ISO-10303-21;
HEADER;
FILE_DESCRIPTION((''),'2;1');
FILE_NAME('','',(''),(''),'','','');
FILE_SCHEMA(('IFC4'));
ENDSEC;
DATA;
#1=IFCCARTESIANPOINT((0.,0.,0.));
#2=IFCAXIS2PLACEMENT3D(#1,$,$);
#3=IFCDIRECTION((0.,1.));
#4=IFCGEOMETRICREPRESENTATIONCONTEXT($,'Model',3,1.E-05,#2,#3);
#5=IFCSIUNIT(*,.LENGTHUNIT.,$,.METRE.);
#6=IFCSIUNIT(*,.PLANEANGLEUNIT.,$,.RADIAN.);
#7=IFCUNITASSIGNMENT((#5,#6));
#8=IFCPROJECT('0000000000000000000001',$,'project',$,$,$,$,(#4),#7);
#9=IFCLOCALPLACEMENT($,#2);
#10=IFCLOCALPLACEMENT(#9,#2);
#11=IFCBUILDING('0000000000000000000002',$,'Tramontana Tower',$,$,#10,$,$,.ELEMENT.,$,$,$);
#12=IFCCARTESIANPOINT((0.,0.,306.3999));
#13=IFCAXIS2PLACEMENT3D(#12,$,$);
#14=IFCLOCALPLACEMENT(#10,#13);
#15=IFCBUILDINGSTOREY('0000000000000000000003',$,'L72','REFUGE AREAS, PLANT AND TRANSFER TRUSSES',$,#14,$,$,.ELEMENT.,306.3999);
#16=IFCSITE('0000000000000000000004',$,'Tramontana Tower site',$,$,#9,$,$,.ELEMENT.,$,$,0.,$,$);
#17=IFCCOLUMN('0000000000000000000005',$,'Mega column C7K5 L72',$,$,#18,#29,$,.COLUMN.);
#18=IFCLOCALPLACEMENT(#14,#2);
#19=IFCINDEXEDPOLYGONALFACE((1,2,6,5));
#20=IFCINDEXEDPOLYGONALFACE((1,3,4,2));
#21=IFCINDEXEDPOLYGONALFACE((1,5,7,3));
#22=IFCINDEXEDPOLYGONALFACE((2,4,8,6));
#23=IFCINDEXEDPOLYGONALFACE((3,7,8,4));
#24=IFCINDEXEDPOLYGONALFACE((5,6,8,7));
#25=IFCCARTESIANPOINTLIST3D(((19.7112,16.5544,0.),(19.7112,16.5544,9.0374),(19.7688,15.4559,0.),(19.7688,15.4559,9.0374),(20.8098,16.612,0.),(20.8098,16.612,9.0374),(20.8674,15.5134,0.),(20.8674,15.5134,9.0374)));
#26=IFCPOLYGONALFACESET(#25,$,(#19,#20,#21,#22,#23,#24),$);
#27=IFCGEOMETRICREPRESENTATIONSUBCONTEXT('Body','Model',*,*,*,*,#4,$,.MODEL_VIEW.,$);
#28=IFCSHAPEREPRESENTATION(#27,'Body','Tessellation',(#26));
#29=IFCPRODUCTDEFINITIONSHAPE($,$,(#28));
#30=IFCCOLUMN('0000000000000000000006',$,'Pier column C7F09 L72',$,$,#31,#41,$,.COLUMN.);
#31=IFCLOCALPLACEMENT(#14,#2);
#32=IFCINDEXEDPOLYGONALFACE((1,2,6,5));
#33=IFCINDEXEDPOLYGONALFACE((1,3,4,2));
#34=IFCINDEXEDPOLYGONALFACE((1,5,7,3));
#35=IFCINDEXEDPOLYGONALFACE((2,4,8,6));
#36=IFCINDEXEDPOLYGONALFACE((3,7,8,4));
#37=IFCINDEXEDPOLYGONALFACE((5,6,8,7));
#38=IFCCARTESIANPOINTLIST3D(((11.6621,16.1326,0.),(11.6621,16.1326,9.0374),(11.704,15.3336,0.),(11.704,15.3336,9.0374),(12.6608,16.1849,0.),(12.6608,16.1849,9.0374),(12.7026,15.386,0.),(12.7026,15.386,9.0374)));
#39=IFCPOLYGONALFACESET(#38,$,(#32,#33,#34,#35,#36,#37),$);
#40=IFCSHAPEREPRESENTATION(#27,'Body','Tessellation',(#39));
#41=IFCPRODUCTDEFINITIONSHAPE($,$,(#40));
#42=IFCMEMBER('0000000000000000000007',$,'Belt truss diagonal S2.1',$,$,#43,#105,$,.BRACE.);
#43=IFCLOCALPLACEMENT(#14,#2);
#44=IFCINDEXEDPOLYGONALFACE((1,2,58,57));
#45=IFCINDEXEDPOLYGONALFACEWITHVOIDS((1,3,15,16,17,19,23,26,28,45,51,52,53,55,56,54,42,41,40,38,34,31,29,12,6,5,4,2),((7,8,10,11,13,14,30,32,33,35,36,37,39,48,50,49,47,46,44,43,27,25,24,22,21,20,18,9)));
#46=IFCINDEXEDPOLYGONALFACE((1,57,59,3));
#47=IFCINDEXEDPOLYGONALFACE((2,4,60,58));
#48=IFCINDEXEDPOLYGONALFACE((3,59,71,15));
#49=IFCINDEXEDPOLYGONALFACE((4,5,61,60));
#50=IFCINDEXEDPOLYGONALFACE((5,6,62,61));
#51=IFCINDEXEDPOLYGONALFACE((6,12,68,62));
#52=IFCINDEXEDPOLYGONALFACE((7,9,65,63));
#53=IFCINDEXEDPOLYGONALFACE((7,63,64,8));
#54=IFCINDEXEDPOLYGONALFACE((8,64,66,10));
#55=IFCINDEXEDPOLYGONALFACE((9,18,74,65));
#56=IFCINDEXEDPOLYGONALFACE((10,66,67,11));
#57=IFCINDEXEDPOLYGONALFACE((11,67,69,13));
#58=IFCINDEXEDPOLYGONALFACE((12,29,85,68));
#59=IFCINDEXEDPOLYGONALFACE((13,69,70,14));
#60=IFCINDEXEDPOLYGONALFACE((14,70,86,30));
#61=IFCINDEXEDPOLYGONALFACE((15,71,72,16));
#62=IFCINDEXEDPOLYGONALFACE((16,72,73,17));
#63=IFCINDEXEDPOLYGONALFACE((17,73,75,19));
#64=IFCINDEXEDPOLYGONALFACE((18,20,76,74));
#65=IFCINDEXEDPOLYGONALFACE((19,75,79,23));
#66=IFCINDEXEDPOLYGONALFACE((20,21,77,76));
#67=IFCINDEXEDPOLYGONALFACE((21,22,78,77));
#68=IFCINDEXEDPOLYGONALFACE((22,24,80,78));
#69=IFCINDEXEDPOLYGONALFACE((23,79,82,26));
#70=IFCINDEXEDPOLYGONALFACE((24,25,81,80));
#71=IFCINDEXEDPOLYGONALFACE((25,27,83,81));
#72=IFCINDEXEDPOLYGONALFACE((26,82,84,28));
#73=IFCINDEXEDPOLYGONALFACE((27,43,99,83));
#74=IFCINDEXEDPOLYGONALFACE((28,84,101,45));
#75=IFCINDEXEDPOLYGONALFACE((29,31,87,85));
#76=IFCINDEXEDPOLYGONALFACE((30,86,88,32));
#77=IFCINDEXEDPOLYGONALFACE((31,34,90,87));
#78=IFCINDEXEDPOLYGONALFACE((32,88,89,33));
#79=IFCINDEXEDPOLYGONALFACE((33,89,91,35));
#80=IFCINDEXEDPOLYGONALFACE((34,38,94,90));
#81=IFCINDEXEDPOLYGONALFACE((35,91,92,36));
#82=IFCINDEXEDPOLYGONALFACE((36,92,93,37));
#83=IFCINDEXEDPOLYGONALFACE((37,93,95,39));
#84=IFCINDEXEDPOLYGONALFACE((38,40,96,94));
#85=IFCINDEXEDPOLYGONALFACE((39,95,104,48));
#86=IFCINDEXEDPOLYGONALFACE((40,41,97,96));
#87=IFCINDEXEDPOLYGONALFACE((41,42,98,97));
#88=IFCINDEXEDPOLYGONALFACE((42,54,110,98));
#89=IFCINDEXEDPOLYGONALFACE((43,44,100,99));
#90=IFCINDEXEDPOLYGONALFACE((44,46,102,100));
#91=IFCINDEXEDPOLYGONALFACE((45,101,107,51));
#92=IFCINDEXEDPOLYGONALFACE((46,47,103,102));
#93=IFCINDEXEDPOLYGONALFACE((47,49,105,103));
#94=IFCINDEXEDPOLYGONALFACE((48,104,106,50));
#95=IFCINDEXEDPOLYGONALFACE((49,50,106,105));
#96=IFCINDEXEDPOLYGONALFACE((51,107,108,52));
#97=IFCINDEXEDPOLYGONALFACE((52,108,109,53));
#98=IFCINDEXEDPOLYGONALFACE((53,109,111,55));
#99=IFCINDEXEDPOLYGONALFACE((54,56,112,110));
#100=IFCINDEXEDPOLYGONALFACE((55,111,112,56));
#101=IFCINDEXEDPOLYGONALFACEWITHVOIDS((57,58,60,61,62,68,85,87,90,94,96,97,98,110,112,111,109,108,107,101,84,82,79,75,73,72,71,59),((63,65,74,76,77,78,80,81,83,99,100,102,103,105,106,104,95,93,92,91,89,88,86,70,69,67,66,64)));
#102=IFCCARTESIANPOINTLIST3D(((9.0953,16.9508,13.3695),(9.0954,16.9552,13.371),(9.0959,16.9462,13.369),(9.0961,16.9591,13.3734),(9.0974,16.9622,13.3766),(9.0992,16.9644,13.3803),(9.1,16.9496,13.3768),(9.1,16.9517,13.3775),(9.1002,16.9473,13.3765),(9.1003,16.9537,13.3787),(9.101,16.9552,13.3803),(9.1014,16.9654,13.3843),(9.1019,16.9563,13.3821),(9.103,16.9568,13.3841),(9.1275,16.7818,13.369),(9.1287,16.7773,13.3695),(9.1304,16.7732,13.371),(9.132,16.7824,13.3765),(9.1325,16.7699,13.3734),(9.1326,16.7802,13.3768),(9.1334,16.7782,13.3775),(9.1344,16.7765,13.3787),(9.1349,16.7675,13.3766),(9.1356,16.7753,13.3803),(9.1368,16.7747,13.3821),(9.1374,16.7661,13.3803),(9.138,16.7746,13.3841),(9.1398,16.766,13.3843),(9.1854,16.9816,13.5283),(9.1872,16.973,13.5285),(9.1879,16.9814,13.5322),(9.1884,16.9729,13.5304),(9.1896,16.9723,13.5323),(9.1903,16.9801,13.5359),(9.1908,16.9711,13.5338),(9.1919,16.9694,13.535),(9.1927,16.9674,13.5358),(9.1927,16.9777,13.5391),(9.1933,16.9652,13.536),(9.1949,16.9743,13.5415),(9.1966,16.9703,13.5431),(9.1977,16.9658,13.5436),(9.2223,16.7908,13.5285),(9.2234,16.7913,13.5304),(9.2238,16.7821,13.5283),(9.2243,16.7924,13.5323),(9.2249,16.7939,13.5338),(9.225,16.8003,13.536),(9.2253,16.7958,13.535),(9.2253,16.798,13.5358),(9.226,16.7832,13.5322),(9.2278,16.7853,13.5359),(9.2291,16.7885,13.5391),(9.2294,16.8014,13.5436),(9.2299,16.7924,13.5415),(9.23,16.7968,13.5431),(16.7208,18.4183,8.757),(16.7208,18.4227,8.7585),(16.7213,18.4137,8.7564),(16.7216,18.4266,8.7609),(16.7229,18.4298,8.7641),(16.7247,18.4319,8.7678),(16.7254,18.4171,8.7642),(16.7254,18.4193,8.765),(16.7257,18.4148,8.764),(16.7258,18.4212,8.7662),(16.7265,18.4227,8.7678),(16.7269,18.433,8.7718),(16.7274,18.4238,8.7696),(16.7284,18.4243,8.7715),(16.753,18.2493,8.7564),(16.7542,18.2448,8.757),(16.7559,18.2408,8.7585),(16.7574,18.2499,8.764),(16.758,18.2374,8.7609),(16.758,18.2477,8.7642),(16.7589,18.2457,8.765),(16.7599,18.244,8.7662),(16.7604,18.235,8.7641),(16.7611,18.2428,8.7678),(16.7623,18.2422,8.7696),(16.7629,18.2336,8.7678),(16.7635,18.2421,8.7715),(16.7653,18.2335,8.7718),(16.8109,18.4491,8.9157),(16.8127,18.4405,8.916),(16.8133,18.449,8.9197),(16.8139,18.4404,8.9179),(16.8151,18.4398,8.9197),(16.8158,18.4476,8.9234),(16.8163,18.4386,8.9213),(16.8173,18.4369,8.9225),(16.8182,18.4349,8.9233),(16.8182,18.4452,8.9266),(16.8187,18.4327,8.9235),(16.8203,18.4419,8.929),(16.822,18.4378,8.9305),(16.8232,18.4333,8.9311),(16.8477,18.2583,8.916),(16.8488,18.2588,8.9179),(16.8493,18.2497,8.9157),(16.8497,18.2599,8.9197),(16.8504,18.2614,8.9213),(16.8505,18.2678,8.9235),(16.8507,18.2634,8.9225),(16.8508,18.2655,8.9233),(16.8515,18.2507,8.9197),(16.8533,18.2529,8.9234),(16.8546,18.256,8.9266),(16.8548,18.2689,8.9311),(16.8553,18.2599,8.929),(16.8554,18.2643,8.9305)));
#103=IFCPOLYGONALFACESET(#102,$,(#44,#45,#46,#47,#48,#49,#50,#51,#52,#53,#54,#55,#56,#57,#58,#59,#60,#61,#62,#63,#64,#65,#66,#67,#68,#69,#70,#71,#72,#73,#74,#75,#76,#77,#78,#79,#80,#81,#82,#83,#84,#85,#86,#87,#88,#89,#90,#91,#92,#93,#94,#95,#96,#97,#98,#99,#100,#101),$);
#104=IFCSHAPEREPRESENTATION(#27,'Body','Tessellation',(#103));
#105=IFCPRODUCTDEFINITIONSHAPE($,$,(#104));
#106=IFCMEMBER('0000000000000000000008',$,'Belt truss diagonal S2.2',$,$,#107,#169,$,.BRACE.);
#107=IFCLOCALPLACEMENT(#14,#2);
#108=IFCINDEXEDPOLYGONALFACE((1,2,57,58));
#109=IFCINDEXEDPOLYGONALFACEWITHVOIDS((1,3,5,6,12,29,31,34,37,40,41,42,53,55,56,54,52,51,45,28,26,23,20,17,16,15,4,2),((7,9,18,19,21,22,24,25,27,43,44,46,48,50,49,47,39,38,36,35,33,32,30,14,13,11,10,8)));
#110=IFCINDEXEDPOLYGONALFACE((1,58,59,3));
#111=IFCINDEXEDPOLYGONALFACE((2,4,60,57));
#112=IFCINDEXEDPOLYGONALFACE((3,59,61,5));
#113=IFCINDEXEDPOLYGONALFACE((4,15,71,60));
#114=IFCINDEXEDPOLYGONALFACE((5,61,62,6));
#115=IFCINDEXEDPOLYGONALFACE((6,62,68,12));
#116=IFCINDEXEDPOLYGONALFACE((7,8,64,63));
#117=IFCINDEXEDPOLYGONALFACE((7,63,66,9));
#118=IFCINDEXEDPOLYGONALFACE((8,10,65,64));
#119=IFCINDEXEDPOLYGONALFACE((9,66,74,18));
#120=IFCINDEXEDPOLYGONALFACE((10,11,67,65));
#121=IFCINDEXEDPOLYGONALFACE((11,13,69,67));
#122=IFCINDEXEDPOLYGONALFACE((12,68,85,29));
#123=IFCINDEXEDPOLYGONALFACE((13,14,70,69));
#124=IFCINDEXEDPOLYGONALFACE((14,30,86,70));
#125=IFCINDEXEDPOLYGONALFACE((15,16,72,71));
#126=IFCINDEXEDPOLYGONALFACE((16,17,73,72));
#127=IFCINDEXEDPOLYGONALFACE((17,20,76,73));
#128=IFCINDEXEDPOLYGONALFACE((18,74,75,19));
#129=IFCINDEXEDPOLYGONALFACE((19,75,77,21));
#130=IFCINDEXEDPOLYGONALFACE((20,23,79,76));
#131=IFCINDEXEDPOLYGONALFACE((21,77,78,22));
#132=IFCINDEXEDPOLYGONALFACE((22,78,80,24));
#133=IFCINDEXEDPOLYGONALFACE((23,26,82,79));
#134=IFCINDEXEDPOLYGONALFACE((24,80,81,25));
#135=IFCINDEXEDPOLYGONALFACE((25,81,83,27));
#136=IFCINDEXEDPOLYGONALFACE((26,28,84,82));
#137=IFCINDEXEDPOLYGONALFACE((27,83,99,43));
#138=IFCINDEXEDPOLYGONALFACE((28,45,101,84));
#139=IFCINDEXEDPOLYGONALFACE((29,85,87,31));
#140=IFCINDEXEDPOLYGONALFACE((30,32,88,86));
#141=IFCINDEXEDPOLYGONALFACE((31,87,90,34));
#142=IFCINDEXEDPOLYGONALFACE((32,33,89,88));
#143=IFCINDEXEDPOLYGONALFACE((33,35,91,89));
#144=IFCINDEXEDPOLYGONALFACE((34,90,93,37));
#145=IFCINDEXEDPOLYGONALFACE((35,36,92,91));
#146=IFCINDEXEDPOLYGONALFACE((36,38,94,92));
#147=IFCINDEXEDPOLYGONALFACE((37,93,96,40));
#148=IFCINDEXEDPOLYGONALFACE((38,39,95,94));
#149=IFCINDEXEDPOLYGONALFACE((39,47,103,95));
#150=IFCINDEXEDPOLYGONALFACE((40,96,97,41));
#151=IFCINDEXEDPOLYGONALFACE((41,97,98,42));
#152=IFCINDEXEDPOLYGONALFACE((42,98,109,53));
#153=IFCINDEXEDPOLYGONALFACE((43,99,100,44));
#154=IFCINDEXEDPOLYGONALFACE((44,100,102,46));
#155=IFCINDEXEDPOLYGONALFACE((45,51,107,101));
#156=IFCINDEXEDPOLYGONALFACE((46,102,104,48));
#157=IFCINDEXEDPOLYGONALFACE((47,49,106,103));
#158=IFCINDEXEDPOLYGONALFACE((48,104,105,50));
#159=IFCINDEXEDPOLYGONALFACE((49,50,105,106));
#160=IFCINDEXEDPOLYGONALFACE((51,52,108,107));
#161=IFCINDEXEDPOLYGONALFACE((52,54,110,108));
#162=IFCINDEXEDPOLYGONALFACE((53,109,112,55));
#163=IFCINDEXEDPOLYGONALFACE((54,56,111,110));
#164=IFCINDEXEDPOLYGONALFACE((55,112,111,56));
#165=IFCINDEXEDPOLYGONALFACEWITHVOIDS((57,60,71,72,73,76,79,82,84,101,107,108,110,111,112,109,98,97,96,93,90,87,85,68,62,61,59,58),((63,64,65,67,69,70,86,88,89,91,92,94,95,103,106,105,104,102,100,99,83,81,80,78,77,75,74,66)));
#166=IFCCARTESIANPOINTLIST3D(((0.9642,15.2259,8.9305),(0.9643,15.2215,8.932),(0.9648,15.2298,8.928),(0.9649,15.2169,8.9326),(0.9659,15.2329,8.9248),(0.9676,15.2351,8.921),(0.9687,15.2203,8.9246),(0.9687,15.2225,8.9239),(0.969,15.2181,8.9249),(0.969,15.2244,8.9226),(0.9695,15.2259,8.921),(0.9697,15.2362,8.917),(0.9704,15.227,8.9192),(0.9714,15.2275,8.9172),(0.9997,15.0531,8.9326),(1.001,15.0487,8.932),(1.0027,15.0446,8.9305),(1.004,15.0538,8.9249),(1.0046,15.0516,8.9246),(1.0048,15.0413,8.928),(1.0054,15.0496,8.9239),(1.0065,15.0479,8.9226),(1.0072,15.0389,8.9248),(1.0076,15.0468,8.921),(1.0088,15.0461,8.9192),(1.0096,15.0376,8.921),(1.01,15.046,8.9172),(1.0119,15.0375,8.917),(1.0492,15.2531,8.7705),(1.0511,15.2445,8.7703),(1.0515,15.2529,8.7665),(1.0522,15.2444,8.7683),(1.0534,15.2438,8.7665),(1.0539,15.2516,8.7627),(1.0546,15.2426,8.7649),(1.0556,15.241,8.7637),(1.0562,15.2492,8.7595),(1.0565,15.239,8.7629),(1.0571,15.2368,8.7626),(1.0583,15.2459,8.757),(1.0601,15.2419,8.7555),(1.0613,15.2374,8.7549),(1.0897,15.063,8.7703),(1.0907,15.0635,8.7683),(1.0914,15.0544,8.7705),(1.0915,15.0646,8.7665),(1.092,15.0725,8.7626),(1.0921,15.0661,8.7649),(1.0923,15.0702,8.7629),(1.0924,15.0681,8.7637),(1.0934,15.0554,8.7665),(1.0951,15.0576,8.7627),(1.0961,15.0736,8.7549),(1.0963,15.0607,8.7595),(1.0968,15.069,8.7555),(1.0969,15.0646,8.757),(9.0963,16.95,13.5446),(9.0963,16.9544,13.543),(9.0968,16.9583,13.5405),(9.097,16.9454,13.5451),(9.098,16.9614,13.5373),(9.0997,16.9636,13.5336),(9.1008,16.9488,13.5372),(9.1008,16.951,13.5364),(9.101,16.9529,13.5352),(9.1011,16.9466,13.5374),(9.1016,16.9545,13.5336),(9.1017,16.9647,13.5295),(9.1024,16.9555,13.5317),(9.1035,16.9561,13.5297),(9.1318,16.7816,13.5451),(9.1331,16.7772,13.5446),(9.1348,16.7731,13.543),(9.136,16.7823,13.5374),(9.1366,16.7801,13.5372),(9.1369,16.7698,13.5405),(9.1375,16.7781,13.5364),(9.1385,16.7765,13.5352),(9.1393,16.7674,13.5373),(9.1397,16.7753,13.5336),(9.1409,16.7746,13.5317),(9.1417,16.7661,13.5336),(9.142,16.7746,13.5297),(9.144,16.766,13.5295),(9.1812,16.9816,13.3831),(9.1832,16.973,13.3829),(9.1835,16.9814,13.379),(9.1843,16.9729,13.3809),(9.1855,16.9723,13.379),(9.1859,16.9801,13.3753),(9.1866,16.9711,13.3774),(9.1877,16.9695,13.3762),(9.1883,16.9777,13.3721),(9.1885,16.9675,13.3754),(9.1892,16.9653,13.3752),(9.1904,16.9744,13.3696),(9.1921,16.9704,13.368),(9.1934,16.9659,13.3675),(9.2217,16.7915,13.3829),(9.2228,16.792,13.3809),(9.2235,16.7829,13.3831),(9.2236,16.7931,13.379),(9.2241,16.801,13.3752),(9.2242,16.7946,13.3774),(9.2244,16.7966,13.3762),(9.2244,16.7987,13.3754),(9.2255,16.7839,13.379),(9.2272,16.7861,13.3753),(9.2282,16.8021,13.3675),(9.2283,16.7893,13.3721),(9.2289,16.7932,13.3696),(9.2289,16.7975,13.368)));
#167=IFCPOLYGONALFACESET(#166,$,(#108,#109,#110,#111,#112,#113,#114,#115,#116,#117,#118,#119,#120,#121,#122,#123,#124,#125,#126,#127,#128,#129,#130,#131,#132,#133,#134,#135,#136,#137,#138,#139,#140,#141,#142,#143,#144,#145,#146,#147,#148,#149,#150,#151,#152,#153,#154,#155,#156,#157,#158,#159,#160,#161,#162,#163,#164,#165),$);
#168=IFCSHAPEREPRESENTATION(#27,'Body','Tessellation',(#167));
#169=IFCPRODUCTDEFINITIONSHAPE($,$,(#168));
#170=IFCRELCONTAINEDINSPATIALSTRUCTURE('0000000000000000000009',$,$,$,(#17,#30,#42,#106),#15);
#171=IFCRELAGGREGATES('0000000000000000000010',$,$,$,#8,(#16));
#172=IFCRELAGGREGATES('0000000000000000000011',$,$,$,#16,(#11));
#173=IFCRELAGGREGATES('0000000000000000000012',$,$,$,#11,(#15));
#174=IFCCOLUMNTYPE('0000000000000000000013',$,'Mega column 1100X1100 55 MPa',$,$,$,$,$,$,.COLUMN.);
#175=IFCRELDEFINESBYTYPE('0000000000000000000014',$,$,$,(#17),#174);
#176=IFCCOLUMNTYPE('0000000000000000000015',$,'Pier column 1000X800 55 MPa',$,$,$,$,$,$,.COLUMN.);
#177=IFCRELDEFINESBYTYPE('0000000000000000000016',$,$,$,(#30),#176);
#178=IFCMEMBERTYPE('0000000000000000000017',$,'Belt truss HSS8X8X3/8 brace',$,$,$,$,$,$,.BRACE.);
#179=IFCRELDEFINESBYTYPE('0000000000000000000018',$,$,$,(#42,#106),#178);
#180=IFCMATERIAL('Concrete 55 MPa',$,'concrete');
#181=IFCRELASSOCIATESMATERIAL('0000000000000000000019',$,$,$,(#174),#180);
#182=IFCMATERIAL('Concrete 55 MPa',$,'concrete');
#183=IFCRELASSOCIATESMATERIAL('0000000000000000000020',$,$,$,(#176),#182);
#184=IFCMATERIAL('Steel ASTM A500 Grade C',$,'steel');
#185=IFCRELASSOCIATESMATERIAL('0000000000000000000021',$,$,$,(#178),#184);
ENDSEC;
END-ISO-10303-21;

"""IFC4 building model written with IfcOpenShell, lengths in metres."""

from ifc_helpers import new_model, si_unit, direction, frame, origin, origin_2d, place, context, subcontext, project, spatial, rectangle, hollow_rectangle, extrude, material, material_profile, profile_set, type_object, element, save


model = new_model("IFC4")

# Units and contexts
model_context = context("Model", 3, precision=1e-05, world=origin(), true_north=direction((0.0, 1.0)))
body_context = subcontext(model_context, "Body", "Model", "MODEL_VIEW")
ifc_project = project(units=[si_unit("LENGTHUNIT", "METRE"), si_unit("PLANEANGLEUNIT", "RADIAN")], contexts=[model_context])

# Site, building, storey
site_placement = place(None, origin())
site = spatial("IfcSite", under=ifc_project, at=site_placement, Name="Tramontana Tower site", CompositionType="ELEMENT", RefElevation=0.0)
building_placement = place(site_placement, origin())
building = spatial("IfcBuilding", under=site, at=building_placement, Name="Tramontana Tower", CompositionType="ELEMENT")
storey_placement = place(building_placement, frame((0.0, 0.0, 306.3999)))
storey = spatial("IfcBuildingStorey", under=building, at=storey_placement, Name="L72", Description="REFUGE AREAS, PLANT AND TRANSFER TRUSSES", CompositionType="ELEMENT", Elevation=306.3999)

# Columns
ifc_material_1 = material(Name="Concrete 55 MPa", Category="concrete")
ifc_material_profile_1 = material_profile(ifc_material_1, rectangle(XDim=1.1001, YDim=1.1001, at=origin_2d()), Name="Mega column 1100X1100 55 MPa")
ifc_profile_set_1 = profile_set([ifc_material_profile_1], Name="Concrete 55 MPa")
column_type_1 = type_object("IfcColumnType", Name="Mega column 1100X1100 55 MPa", PredefinedType="COLUMN", material=ifc_profile_set_1)
column_1_placement = place(storey_placement, frame((20.2893, 16.0339, 0.0), z_axis=(0.0, 0.0, 1.0), x_axis=(-0.99863, -0.052336, 0.0)))
element("IfcColumn", 1, at=column_1_placement, inside=storey, type_object=column_type_1, Name="Mega column C7K5 L72", PredefinedType="COLUMN", context=body_context, shape_type="SweptSolid", body=[
    extrude(rectangle(XDim=1.1001, YDim=1.1001, at=origin_2d()), origin(), (0.0, 0.0, 1.0), 9.0374),
])
ifc_material_2 = material(Name="Concrete 55 MPa", Category="concrete")
ifc_material_profile_2 = material_profile(ifc_material_2, rectangle(XDim=1.0, YDim=0.8, at=origin_2d()), Name="Pier column 1000X800 55 MPa")
ifc_profile_set_2 = profile_set([ifc_material_profile_2], Name="Concrete 55 MPa")
column_type_2 = type_object("IfcColumnType", Name="Pier column 1000X800 55 MPa", PredefinedType="COLUMN", material=ifc_profile_set_2)
column_2_placement = place(storey_placement, frame((12.1824, 15.7593, 0.0), z_axis=(0.0, 0.0, 1.0), x_axis=(-0.99863, -0.052336, 0.0)))
element("IfcColumn", 2, at=column_2_placement, inside=storey, type_object=column_type_2, Name="Pier column C7F09 L72", PredefinedType="COLUMN", context=body_context, shape_type="SweptSolid", body=[
    extrude(rectangle(XDim=1.0, YDim=0.8, at=origin_2d()), origin(), (0.0, 0.0, 1.0), 9.0374),
])

# Members
ifc_material_3 = material(Name="Steel ASTM A500 Grade C", Category="steel")
ifc_material_profile_3 = material_profile(ifc_material_3, hollow_rectangle(XDim=0.2031, YDim=0.2031, WallThickness=0.0088, InnerFilletRadius=0.0088, OuterFilletRadius=0.0178, at=origin_2d()), Name="HSS8X8X3/8")
ifc_profile_set_3 = profile_set([ifc_material_profile_3], Name="Steel ASTM A500 Grade C")
member_type_1 = type_object("IfcMemberType", Name="Belt truss HSS8X8X3/8 brace", PredefinedType="BRACE", material=ifc_profile_set_3)
member_1_placement = place(storey_placement, frame((16.7881, 18.3413, 8.8438), z_axis=(-0.844273, -0.162481, 0.510689), x_axis=(0.188983, -0.98198, 0.0)))
element("IfcMember", 3, at=member_1_placement, inside=storey, type_object=member_type_1, Name="Belt truss diagonal S2.1", PredefinedType="BRACE", context=body_context, shape_type="SweptSolid", body=[
    extrude(hollow_rectangle(XDim=0.2031, YDim=0.2031, WallThickness=0.0088, InnerFilletRadius=0.0088, OuterFilletRadius=0.0178, at=origin_2d()), origin(), (0.0, 0.0, 1.0), 9.032),
])
member_2_placement = place(storey_placement, frame((9.1626, 16.8738, 13.4563), z_axis=(-0.855326, -0.181804, -0.485144), x_axis=(0.20791, -0.978148, 0.0)))
element("IfcMember", 4, at=member_2_placement, inside=storey, type_object=member_type_1, Name="Belt truss diagonal S2.2", PredefinedType="BRACE", context=body_context, shape_type="SweptSolid", body=[
    extrude(hollow_rectangle(XDim=0.2031, YDim=0.2031, WallThickness=0.0088, InnerFilletRadius=0.0088, OuterFilletRadius=0.0178, at=origin_2d()), origin(), (0.0, 0.0, 1.0), 9.5076),
])

save(model, "model.ifc")
